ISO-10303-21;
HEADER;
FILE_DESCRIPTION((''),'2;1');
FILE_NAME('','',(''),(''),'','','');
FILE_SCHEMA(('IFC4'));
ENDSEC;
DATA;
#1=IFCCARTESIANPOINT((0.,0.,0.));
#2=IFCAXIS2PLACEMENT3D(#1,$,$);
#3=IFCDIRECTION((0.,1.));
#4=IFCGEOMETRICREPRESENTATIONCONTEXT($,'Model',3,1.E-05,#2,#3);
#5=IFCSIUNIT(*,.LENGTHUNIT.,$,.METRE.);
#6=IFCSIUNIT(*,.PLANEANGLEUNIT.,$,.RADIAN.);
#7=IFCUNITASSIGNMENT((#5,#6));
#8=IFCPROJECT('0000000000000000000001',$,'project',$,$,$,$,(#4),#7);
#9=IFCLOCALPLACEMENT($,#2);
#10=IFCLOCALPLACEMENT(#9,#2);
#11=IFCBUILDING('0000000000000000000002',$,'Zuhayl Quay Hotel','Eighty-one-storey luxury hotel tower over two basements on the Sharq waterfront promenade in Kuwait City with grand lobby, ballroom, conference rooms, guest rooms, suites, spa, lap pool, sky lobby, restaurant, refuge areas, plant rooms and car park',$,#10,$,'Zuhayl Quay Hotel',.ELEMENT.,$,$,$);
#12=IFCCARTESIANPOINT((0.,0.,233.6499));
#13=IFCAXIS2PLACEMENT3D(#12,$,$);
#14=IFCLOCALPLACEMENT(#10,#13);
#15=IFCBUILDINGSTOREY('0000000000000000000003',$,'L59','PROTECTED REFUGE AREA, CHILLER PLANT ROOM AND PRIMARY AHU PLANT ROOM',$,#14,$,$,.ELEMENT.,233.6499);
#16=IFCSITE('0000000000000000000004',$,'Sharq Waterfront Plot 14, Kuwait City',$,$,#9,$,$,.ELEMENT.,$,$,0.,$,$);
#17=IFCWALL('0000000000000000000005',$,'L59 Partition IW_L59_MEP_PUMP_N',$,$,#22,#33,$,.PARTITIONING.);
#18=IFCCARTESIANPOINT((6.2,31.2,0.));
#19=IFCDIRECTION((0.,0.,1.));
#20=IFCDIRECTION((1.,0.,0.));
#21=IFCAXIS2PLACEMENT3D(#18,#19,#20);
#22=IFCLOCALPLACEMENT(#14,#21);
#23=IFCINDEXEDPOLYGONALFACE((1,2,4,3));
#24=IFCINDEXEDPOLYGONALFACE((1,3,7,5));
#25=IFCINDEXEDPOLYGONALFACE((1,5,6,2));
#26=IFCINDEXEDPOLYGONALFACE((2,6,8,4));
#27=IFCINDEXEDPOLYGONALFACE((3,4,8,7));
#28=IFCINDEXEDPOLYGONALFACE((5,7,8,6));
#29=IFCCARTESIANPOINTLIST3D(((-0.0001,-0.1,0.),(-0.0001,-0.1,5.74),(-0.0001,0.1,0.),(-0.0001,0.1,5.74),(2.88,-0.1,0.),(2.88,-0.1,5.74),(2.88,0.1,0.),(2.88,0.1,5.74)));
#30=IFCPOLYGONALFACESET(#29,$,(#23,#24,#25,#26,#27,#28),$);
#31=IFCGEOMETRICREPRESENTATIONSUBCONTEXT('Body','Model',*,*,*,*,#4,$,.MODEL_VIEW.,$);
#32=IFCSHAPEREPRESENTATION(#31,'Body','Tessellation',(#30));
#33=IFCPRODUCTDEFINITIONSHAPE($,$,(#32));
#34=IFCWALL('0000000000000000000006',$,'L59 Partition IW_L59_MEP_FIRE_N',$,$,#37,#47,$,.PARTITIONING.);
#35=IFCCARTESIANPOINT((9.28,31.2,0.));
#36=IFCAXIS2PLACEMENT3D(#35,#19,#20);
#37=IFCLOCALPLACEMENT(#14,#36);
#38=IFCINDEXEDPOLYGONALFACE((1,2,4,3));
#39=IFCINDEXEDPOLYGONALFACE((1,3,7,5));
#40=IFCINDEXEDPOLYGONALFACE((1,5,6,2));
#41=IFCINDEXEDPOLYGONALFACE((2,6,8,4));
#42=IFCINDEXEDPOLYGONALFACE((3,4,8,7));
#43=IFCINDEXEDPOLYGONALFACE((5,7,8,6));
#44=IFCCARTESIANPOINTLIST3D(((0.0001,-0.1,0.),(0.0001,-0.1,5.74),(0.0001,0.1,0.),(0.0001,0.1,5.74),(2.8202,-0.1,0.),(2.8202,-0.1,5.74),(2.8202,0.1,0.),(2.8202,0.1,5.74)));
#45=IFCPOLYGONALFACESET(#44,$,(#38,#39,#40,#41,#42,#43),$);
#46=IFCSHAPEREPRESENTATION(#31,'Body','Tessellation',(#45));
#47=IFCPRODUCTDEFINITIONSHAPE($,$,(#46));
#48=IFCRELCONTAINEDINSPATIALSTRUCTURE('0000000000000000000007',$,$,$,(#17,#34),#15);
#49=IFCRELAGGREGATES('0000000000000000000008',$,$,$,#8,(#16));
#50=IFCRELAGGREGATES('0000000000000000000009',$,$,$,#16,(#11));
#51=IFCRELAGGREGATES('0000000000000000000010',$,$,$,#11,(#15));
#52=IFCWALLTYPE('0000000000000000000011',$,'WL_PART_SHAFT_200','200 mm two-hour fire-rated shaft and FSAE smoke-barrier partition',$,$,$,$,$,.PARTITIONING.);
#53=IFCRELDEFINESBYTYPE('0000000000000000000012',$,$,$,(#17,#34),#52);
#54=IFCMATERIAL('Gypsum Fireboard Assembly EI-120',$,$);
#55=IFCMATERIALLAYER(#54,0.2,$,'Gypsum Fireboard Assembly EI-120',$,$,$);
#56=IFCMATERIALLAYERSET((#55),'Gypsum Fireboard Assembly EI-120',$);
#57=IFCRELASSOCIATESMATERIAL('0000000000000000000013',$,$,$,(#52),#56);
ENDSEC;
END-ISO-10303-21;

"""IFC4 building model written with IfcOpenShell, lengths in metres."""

from ifc_helpers import new_model, si_unit, direction, frame, frame_2d, origin, place, context, subcontext, project, spatial, rectangle, extrude, material, layer, layer_set, type_object, element, save


model = new_model("IFC4")

# Units and contexts
model_context = context("Model", 3, precision=1e-05, world=origin(), true_north=direction((0.0, 1.0)))
body_context = subcontext(model_context, "Body", "Model", "MODEL_VIEW")
ifc_project = project(units=[si_unit("LENGTHUNIT", "METRE"), si_unit("PLANEANGLEUNIT", "RADIAN")], contexts=[model_context])

# Site, building, storey
site_placement = place(None, origin())
site = spatial("IfcSite", under=ifc_project, at=site_placement, Name="Sharq Waterfront Plot 14, Kuwait City", CompositionType="ELEMENT", RefElevation=0.0)
building_placement = place(site_placement, origin())
building = spatial("IfcBuilding", under=site, at=building_placement, Name="Zuhayl Quay Hotel", Description="Eighty-one-storey luxury hotel tower over two basements on the Sharq waterfront promenade in Kuwait City with grand lobby, ballroom, conference rooms, guest rooms, suites, spa, lap pool, sky lobby, restaurant, refuge areas, plant rooms and car park", LongName="Zuhayl Quay Hotel", CompositionType="ELEMENT")
storey_placement = place(building_placement, frame((0.0, 0.0, 233.6499)))
storey = spatial("IfcBuildingStorey", under=building, at=storey_placement, Name="L59", Description="PROTECTED REFUGE AREA, CHILLER PLANT ROOM AND PRIMARY AHU PLANT ROOM", CompositionType="ELEMENT", Elevation=233.6499)

# Shared definitions
ifc_material_1 = material(Name="Gypsum Fireboard Assembly EI-120")
ifc_layer_1 = layer(ifc_material_1, 0.2, Name="Gypsum Fireboard Assembly EI-120")
ifc_layer_set_1 = layer_set([ifc_layer_1], Name="Gypsum Fireboard Assembly EI-120")
wall_type = type_object("IfcWallType", Name="WL_PART_SHAFT_200", Description="200 mm two-hour fire-rated shaft and FSAE smoke-barrier partition", PredefinedType="PARTITIONING", material=ifc_layer_set_1)

# Walls
wall_1_placement = place(storey_placement, frame((6.2, 31.2, 0.0), z_axis=(0.0, 0.0, 1.0), x_axis=(1.0, 0.0, 0.0)))
element("IfcWall", 1, at=wall_1_placement, inside=storey, type_object=wall_type, Name="L59 Partition IW_L59_MEP_PUMP_N", PredefinedType="PARTITIONING", context=body_context, shape_type="SweptSolid", body=[
    extrude(rectangle(XDim=2.8801, YDim=0.2, at=frame_2d((1.4399, 0.0))), origin(), (0.0, 0.0, 1.0), 5.74),
])
wall_2_placement = place(storey_placement, frame((9.28, 31.2, 0.0), z_axis=(0.0, 0.0, 1.0), x_axis=(1.0, 0.0, 0.0)))
element("IfcWall", 2, at=wall_2_placement, inside=storey, type_object=wall_type, Name="L59 Partition IW_L59_MEP_FIRE_N", PredefinedType="PARTITIONING", context=body_context, shape_type="SweptSolid", body=[
    extrude(rectangle(XDim=2.8201, YDim=0.2, at=frame_2d((1.4102, 0.0))), origin(), (0.0, 0.0, 1.0), 5.74),
])

save(model, "model.ifc")
